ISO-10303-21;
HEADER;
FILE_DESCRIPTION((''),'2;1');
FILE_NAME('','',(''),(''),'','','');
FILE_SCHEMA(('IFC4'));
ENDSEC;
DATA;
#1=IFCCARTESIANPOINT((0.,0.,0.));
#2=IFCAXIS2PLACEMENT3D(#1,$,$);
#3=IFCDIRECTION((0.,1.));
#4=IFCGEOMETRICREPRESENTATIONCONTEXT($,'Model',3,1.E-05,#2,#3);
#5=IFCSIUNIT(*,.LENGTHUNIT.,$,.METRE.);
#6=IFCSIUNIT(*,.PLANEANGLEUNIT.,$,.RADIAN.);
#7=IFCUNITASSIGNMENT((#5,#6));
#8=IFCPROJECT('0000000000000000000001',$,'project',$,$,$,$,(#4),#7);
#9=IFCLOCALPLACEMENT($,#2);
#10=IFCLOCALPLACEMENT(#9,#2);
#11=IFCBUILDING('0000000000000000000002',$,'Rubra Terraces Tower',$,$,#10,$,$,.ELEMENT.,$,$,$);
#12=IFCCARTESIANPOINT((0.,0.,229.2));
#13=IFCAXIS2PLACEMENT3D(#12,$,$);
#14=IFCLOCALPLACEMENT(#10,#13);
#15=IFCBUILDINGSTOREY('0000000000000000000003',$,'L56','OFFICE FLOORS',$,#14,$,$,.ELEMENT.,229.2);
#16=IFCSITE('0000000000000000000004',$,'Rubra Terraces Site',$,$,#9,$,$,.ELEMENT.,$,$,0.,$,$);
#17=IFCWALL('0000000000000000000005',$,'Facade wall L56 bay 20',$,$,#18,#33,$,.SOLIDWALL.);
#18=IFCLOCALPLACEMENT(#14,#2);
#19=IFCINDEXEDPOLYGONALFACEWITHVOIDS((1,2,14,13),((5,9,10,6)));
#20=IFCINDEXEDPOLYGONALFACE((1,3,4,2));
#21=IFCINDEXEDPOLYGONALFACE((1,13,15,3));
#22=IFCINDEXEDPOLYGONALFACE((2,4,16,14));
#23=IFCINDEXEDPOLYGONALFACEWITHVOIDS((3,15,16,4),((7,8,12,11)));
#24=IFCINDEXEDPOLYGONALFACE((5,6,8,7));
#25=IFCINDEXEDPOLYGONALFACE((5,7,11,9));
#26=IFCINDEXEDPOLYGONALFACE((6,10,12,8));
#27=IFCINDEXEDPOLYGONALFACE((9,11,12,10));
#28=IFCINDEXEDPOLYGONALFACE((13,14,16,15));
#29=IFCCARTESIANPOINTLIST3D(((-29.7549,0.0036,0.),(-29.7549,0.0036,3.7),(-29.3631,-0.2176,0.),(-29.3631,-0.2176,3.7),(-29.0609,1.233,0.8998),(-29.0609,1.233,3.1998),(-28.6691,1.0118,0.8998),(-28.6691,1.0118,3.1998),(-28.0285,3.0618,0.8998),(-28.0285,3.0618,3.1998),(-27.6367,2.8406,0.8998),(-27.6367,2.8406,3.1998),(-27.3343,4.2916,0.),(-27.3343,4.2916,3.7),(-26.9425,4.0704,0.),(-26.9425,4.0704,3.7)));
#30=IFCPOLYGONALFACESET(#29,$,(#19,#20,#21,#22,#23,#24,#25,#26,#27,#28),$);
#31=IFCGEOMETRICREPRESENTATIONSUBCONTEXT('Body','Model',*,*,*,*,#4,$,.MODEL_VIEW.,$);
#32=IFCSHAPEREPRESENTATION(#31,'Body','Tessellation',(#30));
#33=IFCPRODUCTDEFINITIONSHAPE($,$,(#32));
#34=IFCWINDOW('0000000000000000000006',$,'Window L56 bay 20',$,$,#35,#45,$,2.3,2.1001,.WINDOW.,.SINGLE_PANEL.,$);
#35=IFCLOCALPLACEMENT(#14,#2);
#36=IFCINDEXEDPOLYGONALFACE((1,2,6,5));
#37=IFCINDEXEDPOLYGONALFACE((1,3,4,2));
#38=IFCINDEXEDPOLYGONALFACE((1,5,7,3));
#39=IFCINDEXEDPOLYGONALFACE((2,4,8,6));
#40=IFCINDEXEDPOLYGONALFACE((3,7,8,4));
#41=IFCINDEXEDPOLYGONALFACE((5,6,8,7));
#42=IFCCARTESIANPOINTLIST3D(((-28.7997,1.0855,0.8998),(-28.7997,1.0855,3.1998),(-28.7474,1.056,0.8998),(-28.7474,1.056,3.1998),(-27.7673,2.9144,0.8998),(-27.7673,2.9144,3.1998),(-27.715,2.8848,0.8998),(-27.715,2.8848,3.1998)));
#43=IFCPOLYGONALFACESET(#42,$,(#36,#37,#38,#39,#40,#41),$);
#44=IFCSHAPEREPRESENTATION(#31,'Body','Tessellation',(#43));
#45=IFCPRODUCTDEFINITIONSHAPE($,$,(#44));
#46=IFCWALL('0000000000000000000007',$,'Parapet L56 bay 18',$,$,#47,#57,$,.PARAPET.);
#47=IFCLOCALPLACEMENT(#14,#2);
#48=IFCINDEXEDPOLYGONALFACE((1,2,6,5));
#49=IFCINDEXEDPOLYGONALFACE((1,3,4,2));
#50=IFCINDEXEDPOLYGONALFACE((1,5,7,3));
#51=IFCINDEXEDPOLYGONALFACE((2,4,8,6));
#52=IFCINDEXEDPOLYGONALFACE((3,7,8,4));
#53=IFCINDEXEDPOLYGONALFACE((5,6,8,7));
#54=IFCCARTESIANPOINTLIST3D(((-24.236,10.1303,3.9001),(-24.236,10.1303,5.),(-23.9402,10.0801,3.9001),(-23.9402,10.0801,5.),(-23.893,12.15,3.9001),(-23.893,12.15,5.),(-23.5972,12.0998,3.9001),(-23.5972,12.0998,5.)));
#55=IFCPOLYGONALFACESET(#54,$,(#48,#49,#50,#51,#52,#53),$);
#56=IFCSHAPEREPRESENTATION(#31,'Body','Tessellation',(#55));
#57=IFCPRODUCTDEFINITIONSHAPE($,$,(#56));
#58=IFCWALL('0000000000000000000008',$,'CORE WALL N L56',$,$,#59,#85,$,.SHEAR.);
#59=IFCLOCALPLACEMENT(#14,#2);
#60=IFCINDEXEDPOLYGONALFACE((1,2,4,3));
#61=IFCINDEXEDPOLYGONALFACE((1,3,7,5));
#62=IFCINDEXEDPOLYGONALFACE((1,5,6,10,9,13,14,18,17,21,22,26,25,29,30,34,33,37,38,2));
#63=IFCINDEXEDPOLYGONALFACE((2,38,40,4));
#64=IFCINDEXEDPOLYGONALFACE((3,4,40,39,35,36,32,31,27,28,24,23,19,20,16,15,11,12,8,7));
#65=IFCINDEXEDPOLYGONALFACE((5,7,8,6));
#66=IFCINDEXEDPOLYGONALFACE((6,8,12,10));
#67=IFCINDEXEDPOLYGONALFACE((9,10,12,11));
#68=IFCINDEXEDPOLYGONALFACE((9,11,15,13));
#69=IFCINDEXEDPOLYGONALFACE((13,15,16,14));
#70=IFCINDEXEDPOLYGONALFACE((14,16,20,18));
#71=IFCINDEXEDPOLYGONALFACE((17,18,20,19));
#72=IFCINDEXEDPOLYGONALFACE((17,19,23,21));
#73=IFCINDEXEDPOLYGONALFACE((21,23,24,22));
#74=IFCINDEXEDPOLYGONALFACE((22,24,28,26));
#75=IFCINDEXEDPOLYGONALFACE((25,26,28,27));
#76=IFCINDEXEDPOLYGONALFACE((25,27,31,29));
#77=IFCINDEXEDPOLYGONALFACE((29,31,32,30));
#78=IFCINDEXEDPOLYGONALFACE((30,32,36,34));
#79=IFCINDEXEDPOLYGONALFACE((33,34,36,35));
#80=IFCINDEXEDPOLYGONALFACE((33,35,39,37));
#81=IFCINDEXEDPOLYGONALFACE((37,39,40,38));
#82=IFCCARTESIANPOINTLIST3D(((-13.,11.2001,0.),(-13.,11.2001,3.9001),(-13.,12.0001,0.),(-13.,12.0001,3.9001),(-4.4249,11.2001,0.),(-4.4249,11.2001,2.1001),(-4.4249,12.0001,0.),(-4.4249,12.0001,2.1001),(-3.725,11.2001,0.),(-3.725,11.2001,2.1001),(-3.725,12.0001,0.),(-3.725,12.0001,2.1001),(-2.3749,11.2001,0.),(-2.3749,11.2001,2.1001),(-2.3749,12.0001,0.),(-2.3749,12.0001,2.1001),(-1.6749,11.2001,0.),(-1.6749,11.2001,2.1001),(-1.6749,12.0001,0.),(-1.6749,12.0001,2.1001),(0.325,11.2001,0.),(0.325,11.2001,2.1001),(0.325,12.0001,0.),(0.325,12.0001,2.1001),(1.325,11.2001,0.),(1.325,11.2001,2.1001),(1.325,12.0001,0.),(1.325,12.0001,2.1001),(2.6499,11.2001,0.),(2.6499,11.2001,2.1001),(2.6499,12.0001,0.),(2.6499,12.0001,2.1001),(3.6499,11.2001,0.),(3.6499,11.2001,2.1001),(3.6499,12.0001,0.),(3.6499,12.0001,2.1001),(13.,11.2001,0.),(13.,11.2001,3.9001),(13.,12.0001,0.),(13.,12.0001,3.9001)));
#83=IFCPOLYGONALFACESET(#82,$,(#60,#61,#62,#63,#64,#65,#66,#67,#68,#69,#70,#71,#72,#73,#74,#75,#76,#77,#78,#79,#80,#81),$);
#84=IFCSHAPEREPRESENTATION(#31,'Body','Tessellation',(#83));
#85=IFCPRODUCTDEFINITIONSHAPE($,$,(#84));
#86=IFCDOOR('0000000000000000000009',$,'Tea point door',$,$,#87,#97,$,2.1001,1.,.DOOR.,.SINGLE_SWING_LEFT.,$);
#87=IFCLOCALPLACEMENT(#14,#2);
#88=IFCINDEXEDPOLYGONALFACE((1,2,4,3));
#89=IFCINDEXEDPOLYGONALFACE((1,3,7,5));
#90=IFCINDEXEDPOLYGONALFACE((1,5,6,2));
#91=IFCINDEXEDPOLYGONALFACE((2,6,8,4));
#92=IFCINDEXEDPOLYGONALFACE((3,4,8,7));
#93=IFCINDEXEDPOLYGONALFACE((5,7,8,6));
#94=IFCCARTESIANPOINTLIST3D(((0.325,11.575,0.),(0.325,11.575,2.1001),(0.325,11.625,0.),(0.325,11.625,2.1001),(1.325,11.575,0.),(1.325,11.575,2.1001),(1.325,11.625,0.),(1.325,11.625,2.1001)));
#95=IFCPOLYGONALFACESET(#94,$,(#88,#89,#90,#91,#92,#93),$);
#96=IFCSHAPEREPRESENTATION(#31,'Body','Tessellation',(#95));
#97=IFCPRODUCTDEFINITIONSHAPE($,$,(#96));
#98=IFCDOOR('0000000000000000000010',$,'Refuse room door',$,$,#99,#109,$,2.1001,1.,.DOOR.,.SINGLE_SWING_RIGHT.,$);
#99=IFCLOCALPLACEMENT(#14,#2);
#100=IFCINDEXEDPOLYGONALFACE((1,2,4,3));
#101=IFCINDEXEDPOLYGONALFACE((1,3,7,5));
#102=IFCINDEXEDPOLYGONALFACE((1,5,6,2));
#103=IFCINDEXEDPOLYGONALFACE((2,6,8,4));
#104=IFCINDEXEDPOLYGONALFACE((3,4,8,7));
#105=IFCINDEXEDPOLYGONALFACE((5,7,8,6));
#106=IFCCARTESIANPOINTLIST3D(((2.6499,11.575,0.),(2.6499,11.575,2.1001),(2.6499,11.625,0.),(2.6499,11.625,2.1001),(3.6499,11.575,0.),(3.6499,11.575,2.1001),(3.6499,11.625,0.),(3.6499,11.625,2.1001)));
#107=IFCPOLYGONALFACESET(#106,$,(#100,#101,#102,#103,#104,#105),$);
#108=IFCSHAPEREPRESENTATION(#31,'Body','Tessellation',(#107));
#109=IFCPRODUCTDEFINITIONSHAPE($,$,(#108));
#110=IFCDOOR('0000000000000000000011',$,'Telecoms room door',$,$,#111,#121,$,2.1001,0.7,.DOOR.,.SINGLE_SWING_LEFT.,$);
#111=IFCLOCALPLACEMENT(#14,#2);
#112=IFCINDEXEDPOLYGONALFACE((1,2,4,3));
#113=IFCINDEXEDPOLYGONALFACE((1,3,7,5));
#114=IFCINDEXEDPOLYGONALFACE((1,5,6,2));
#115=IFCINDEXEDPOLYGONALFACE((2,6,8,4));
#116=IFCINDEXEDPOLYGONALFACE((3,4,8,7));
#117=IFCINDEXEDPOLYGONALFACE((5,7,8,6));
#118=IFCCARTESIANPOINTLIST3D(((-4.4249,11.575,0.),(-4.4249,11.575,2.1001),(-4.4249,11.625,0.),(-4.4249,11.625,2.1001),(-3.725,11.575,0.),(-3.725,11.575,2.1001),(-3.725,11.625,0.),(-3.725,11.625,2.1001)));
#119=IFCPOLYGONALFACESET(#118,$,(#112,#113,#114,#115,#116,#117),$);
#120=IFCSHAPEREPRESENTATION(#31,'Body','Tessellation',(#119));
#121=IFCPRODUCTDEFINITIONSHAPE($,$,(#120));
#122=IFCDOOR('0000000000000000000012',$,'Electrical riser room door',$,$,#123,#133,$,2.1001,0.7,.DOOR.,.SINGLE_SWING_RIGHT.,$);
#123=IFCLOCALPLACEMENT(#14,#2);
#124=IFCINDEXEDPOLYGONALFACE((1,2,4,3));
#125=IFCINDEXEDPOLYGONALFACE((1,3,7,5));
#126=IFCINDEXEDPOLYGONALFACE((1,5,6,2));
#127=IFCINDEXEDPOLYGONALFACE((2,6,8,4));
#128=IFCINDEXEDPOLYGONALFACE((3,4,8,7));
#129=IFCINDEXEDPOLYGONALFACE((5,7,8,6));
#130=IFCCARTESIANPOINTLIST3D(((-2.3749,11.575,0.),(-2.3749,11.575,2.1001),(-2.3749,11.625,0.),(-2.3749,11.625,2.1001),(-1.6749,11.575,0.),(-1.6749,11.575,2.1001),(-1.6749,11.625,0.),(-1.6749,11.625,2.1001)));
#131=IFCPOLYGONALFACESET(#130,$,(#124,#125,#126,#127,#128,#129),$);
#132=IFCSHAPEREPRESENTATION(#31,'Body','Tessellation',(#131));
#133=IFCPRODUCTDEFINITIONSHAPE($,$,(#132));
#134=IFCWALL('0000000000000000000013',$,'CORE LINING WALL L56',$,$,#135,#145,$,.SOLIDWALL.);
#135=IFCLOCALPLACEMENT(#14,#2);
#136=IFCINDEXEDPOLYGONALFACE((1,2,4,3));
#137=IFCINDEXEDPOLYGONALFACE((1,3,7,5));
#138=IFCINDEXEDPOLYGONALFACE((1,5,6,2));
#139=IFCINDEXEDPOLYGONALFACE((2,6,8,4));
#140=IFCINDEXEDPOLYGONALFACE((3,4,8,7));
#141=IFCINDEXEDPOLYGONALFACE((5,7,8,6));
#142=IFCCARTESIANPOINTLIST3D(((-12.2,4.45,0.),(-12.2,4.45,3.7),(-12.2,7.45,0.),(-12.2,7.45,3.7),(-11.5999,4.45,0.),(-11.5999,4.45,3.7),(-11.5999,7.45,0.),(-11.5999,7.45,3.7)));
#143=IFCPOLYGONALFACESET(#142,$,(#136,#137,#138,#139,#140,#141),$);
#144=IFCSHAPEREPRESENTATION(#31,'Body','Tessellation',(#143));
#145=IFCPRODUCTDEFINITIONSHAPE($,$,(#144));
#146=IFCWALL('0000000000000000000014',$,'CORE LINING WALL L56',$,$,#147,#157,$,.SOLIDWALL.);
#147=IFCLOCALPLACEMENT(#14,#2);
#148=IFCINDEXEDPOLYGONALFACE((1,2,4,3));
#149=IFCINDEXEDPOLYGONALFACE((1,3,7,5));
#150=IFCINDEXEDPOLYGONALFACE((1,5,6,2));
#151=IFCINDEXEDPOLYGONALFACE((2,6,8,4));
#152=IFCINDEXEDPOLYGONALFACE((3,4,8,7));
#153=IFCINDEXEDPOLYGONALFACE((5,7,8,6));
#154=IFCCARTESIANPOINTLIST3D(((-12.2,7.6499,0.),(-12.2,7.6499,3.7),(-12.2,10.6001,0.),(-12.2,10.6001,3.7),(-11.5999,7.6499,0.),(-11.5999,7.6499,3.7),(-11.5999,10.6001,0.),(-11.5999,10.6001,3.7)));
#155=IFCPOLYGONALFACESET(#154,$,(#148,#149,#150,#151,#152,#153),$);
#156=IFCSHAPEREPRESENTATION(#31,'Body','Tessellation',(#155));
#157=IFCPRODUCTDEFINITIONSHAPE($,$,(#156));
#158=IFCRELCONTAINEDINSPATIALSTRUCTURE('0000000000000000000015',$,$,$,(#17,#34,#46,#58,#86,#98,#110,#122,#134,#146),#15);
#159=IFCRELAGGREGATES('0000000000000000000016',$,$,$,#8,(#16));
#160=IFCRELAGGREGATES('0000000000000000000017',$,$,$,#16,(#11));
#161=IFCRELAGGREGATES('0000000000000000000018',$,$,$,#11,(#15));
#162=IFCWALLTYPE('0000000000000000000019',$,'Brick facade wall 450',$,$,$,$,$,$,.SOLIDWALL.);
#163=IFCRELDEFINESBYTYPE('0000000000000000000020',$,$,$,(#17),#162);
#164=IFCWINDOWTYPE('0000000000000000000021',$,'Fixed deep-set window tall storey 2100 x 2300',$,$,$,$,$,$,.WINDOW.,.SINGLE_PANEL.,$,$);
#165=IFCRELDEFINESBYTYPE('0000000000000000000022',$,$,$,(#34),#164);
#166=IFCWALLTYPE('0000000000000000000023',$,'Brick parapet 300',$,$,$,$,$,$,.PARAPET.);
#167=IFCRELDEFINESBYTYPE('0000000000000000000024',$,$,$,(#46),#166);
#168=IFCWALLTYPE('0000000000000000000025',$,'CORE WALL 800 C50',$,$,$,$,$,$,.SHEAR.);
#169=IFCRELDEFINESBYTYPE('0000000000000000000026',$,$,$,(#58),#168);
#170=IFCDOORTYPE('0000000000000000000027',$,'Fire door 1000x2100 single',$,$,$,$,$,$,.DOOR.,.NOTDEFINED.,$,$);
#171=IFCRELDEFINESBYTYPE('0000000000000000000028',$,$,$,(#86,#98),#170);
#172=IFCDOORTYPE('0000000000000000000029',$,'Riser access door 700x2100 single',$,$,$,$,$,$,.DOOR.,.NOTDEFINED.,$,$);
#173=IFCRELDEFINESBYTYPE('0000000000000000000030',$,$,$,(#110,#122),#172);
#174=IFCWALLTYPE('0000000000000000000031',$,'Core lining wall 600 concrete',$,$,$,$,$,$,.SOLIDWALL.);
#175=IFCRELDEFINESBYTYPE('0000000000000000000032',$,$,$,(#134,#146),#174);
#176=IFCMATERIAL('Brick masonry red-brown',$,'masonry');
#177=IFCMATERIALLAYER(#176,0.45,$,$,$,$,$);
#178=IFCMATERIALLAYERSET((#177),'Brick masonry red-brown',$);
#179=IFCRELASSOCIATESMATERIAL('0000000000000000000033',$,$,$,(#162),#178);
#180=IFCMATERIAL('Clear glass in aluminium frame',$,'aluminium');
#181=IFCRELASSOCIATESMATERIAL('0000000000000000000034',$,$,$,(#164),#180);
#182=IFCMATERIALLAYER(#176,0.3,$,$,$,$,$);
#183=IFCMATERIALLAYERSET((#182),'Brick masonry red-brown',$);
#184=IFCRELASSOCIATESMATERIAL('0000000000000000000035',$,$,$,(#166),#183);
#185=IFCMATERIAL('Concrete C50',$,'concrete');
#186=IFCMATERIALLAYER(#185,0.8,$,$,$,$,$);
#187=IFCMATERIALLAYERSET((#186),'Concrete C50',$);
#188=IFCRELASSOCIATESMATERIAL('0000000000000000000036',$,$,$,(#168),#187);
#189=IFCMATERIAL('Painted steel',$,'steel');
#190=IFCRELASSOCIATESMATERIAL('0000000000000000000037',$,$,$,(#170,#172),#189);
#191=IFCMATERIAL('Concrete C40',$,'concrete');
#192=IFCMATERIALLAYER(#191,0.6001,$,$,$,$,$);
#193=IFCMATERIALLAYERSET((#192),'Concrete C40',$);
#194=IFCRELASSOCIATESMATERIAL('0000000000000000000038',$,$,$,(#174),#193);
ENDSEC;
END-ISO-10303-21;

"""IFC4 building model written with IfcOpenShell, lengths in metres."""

from ifc_helpers import new_model, si_unit, direction, frame, frame_2d, origin, place, context, subcontext, project, spatial, rectangle, extrude, material, layer, layer_set, type_object, element, fill, save


model = new_model("IFC4")

# Units and contexts
model_context = context("Model", 3, precision=1e-05, world=origin(), true_north=direction((0.0, 1.0)))
body_context = subcontext(model_context, "Body", "Model", "MODEL_VIEW")
ifc_project = project(units=[si_unit("LENGTHUNIT", "METRE"), si_unit("PLANEANGLEUNIT", "RADIAN")], contexts=[model_context])

# Site, building, storey
site_placement = place(None, origin())
site = spatial("IfcSite", under=ifc_project, at=site_placement, Name="Rubra Terraces Site", CompositionType="ELEMENT", RefElevation=0.0)
building_placement = place(site_placement, origin())
building = spatial("IfcBuilding", under=site, at=building_placement, Name="Rubra Terraces Tower", CompositionType="ELEMENT")
storey_placement = place(building_placement, frame((0.0, 0.0, 229.2)))
storey = spatial("IfcBuildingStorey", under=building, at=storey_placement, Name="L56", Description="OFFICE FLOORS", CompositionType="ELEMENT", Elevation=229.2)

# Shared definitions
ifc_material_1 = material(Name="Concrete C50", Category="concrete")

# Wall, opening, window
ifc_material_2 = material(Name="Brick masonry red-brown", Category="masonry")
ifc_layer_1 = layer(ifc_material_2, 0.45)
ifc_layer_set_1 = layer_set([ifc_layer_1], Name="Brick masonry red-brown")
wall_type_1 = type_object("IfcWallType", Name="Brick facade wall 450", PredefinedType="SOLIDWALL", material=ifc_layer_set_1)
ifc_material_3 = material(Name="Clear glass in aluminium frame", Category="aluminium")
window_type = type_object("IfcWindowType", Name="Fixed deep-set window tall storey 2100 x 2300", PartitioningType="SINGLE_PANEL", PredefinedType="WINDOW", material=ifc_material_3)
wall_1_placement = place(storey_placement, frame((-27.1384, 4.1809, 0.0), z_axis=(0.0, 0.0, 1.0), x_axis=(-0.491588, -0.870828, 0.0)))
wall_1 = element("IfcWall", 1, at=wall_1_placement, inside=storey, type_object=wall_type_1, Name="Facade wall L56 bay 20", PredefinedType="SOLIDWALL", context=body_context, shape_type="SweptSolid", body=[
    extrude(rectangle(XDim=4.9241, YDim=0.45, at=frame_2d((2.4619, 0.0))), origin(), (0.0, 0.0, 1.0), 3.7),
])
opening_1_placement = place(wall_1_placement, frame((1.4121, 0.0, 0.8999)))
opening_1 = element("IfcOpeningElement", 2, at=opening_1_placement, cuts=wall_1, PredefinedType="OPENING", context=body_context, shape_type="SweptSolid", body=[
    extrude(rectangle(XDim=2.1001, YDim=2.3, at=frame_2d((1.05, 1.1499))), frame((0.0, 0.2349, 0.0), z_axis=(0.0, -1.0, 0.0), x_axis=(1.0, 0.0, 0.0)), (0.0, 0.0, 1.0), 0.47),
])
window_1_placement = place(opening_1_placement, origin())
window_1 = element("IfcWindow", 3, at=window_1_placement, inside=storey, type_object=window_type, Name="Window L56 bay 20", OverallHeight=2.3, OverallWidth=2.1001, PartitioningType="SINGLE_PANEL", PredefinedType="WINDOW", context=body_context, shape_type="SweptSolid", body=[
    extrude(rectangle(XDim=2.1001, YDim=2.3, at=frame_2d((1.05, 1.1499))), frame((0.0, 0.135, 0.0), z_axis=(0.0, -1.0, 0.0), x_axis=(1.0, 0.0, 0.0)), (0.0, 0.0, 1.0), 0.0601),
])
fill(opening_1, window_1)

# Wall
ifc_layer_2 = layer(ifc_material_2, 0.3)
ifc_layer_set_2 = layer_set([ifc_layer_2], Name="Brick masonry red-brown")
wall_type_2 = type_object("IfcWallType", Name="Brick parapet 300", PredefinedType="PARAPET", material=ifc_layer_set_2)
wall_2_placement = place(storey_placement, frame((-23.7451, 12.125, 3.9001), z_axis=(0.0, 0.0, 1.0), x_axis=(-0.167432, -0.985884, 0.0)))
element("IfcWall", 4, at=wall_2_placement, inside=storey, type_object=wall_type_2, Name="Parapet L56 bay 18", PredefinedType="PARAPET", context=body_context, shape_type="SweptSolid", body=[
    extrude(rectangle(XDim=2.0486, YDim=0.3, at=frame_2d((1.0244, 0.0))), origin(), (0.0, 0.0, 1.0), 1.0999),
])

# Wall, openings, doors
ifc_layer_3 = layer(ifc_material_1, 0.8)
ifc_layer_set_3 = layer_set([ifc_layer_3], Name="Concrete C50")
wall_type_3 = type_object("IfcWallType", Name="CORE WALL 800 C50", PredefinedType="SHEAR", material=ifc_layer_set_3)
wall_3_placement = place(storey_placement, frame((-13.0, 11.6001, 0.0), z_axis=(0.0, 0.0, 1.0), x_axis=(1.0, 0.0, 0.0)))
wall_3 = element("IfcWall", 5, at=wall_3_placement, inside=storey, type_object=wall_type_3, Name="CORE WALL N L56", PredefinedType="SHEAR", context=body_context, shape_type="SweptSolid", body=[
    extrude(rectangle(XDim=26.0, YDim=0.8, at=frame_2d((13.0, 0.0))), origin(), (0.0, 0.0, 1.0), 3.9001),
])
opening_2_placement = place(wall_3_placement, frame((8.575, 0.0, 0.0)))
opening_2 = element("IfcOpeningElement", 6, at=opening_2_placement, cuts=wall_3, PredefinedType="OPENING", context=body_context, shape_type="SweptSolid", body=[
    extrude(rectangle(XDim=0.7, YDim=2.1001, at=frame_2d((0.3501, 1.05))), frame((0.0, 0.4099, 0.0), z_axis=(0.0, -1.0, 0.0), x_axis=(1.0, 0.0, 0.0)), (0.0, 0.0, 1.0), 0.8201),
])
opening_3_placement = place(wall_3_placement, frame((10.625, 0.0, 0.0)))
opening_3 = element("IfcOpeningElement", 7, at=opening_3_placement, cuts=wall_3, PredefinedType="OPENING", context=body_context, shape_type="SweptSolid", body=[
    extrude(rectangle(XDim=0.7, YDim=2.1001, at=frame_2d((0.3501, 1.05))), frame((0.0, 0.4099, 0.0), z_axis=(0.0, -1.0, 0.0), x_axis=(1.0, 0.0, 0.0)), (0.0, 0.0, 1.0), 0.8201),
])
opening_4_placement = place(wall_3_placement, frame((13.325, 0.0, 0.0)))
opening_4 = element("IfcOpeningElement", 8, at=opening_4_placement, cuts=wall_3, PredefinedType="OPENING", context=body_context, shape_type="SweptSolid", body=[
    extrude(rectangle(XDim=1.0, YDim=2.1001, at=frame_2d((0.5, 1.05))), frame((0.0, 0.4099, 0.0), z_axis=(0.0, -1.0, 0.0), x_axis=(1.0, 0.0, 0.0)), (0.0, 0.0, 1.0), 0.8201),
])
opening_5_placement = place(wall_3_placement, frame((15.6499, 0.0, 0.0)))
opening_5 = element("IfcOpeningElement", 9, at=opening_5_placement, cuts=wall_3, PredefinedType="OPENING", context=body_context, shape_type="SweptSolid", body=[
    extrude(rectangle(XDim=1.0, YDim=2.1001, at=frame_2d((0.5, 1.05))), frame((0.0, 0.4099, 0.0), z_axis=(0.0, -1.0, 0.0), x_axis=(1.0, 0.0, 0.0)), (0.0, 0.0, 1.0), 0.8201),
])
ifc_material_4 = material(Name="Painted steel", Category="steel")
door_type_1 = type_object("IfcDoorType", Name="Fire door 1000x2100 single", OperationType="NOTDEFINED", PredefinedType="DOOR", material=ifc_material_4)
door_1_placement = place(opening_4_placement, origin())
door_1 = element("IfcDoor", 10, at=door_1_placement, inside=storey, type_object=door_type_1, Name="Tea point door", OperationType="SINGLE_SWING_LEFT", OverallHeight=2.1001, OverallWidth=1.0, PredefinedType="DOOR", context=body_context, shape_type="SweptSolid", body=[
    extrude(rectangle(XDim=1.0, YDim=2.1001, at=frame_2d((0.5, 1.05))), frame((0.0, 0.0249, 0.0), z_axis=(0.0, -1.0, 0.0), x_axis=(1.0, 0.0, 0.0)), (0.0, 0.0, 1.0), 0.05),
])
fill(opening_4, door_1)
door_2_placement = place(opening_5_placement, origin())
door_2 = element("IfcDoor", 11, at=door_2_placement, inside=storey, type_object=door_type_1, Name="Refuse room door", OperationType="SINGLE_SWING_RIGHT", OverallHeight=2.1001, OverallWidth=1.0, PredefinedType="DOOR", context=body_context, shape_type="SweptSolid", body=[
    extrude(rectangle(XDim=1.0, YDim=2.1001, at=frame_2d((0.5, 1.05))), frame((0.0, 0.0249, 0.0), z_axis=(0.0, -1.0, 0.0), x_axis=(1.0, 0.0, 0.0)), (0.0, 0.0, 1.0), 0.05),
])
fill(opening_5, door_2)
door_type_2 = type_object("IfcDoorType", Name="Riser access door 700x2100 single", OperationType="NOTDEFINED", PredefinedType="DOOR", material=ifc_material_4)
door_3_placement = place(opening_2_placement, origin())
door_3 = element("IfcDoor", 12, at=door_3_placement, inside=storey, type_object=door_type_2, Name="Telecoms room door", OperationType="SINGLE_SWING_LEFT", OverallHeight=2.1001, OverallWidth=0.7, PredefinedType="DOOR", context=body_context, shape_type="SweptSolid", body=[
    extrude(rectangle(XDim=0.7, YDim=2.1001, at=frame_2d((0.3501, 1.05))), frame((0.0, 0.0249, 0.0), z_axis=(0.0, -1.0, 0.0), x_axis=(1.0, 0.0, 0.0)), (0.0, 0.0, 1.0), 0.05),
])
fill(opening_2, door_3)
door_4_placement = place(opening_3_placement, origin())
door_4 = element("IfcDoor", 13, at=door_4_placement, inside=storey, type_object=door_type_2, Name="Electrical riser room door", OperationType="SINGLE_SWING_RIGHT", OverallHeight=2.1001, OverallWidth=0.7, PredefinedType="DOOR", context=body_context, shape_type="SweptSolid", body=[
    extrude(rectangle(XDim=0.7, YDim=2.1001, at=frame_2d((0.3501, 1.05))), frame((0.0, 0.0249, 0.0), z_axis=(0.0, -1.0, 0.0), x_axis=(1.0, 0.0, 0.0)), (0.0, 0.0, 1.0), 0.05),
])
fill(opening_3, door_4)

# Walls
ifc_material_5 = material(Name="Concrete C40", Category="concrete")
ifc_layer_4 = layer(ifc_material_5, 0.6001)
ifc_layer_set_4 = layer_set([ifc_layer_4], Name="Concrete C40")
wall_type_4 = type_object("IfcWallType", Name="Core lining wall 600 concrete", PredefinedType="SOLIDWALL", material=ifc_layer_set_4)
wall_4_placement = place(storey_placement, frame((-11.8999, 4.45, 0.0), z_axis=(0.0, 0.0, 1.0), x_axis=(0.0, 1.0, 0.0)))
element("IfcWall", 14, at=wall_4_placement, inside=storey, type_object=wall_type_4, Name="CORE LINING WALL L56", PredefinedType="SOLIDWALL", context=body_context, shape_type="SweptSolid", body=[
    extrude(rectangle(XDim=3.0, YDim=0.6001, at=frame_2d((1.5, 0.0))), origin(), (0.0, 0.0, 1.0), 3.7),
])
wall_5_placement = place(storey_placement, frame((-11.8999, 7.6499, 0.0), z_axis=(0.0, 0.0, 1.0), x_axis=(0.0, 1.0, 0.0)))
element("IfcWall", 15, at=wall_5_placement, inside=storey, type_object=wall_type_4, Name="CORE LINING WALL L56", PredefinedType="SOLIDWALL", context=body_context, shape_type="SweptSolid", body=[
    extrude(rectangle(XDim=2.9502, YDim=0.6001, at=frame_2d((1.4751, 0.0))), origin(), (0.0, 0.0, 1.0), 3.7),
])

save(model, "model.ifc")
